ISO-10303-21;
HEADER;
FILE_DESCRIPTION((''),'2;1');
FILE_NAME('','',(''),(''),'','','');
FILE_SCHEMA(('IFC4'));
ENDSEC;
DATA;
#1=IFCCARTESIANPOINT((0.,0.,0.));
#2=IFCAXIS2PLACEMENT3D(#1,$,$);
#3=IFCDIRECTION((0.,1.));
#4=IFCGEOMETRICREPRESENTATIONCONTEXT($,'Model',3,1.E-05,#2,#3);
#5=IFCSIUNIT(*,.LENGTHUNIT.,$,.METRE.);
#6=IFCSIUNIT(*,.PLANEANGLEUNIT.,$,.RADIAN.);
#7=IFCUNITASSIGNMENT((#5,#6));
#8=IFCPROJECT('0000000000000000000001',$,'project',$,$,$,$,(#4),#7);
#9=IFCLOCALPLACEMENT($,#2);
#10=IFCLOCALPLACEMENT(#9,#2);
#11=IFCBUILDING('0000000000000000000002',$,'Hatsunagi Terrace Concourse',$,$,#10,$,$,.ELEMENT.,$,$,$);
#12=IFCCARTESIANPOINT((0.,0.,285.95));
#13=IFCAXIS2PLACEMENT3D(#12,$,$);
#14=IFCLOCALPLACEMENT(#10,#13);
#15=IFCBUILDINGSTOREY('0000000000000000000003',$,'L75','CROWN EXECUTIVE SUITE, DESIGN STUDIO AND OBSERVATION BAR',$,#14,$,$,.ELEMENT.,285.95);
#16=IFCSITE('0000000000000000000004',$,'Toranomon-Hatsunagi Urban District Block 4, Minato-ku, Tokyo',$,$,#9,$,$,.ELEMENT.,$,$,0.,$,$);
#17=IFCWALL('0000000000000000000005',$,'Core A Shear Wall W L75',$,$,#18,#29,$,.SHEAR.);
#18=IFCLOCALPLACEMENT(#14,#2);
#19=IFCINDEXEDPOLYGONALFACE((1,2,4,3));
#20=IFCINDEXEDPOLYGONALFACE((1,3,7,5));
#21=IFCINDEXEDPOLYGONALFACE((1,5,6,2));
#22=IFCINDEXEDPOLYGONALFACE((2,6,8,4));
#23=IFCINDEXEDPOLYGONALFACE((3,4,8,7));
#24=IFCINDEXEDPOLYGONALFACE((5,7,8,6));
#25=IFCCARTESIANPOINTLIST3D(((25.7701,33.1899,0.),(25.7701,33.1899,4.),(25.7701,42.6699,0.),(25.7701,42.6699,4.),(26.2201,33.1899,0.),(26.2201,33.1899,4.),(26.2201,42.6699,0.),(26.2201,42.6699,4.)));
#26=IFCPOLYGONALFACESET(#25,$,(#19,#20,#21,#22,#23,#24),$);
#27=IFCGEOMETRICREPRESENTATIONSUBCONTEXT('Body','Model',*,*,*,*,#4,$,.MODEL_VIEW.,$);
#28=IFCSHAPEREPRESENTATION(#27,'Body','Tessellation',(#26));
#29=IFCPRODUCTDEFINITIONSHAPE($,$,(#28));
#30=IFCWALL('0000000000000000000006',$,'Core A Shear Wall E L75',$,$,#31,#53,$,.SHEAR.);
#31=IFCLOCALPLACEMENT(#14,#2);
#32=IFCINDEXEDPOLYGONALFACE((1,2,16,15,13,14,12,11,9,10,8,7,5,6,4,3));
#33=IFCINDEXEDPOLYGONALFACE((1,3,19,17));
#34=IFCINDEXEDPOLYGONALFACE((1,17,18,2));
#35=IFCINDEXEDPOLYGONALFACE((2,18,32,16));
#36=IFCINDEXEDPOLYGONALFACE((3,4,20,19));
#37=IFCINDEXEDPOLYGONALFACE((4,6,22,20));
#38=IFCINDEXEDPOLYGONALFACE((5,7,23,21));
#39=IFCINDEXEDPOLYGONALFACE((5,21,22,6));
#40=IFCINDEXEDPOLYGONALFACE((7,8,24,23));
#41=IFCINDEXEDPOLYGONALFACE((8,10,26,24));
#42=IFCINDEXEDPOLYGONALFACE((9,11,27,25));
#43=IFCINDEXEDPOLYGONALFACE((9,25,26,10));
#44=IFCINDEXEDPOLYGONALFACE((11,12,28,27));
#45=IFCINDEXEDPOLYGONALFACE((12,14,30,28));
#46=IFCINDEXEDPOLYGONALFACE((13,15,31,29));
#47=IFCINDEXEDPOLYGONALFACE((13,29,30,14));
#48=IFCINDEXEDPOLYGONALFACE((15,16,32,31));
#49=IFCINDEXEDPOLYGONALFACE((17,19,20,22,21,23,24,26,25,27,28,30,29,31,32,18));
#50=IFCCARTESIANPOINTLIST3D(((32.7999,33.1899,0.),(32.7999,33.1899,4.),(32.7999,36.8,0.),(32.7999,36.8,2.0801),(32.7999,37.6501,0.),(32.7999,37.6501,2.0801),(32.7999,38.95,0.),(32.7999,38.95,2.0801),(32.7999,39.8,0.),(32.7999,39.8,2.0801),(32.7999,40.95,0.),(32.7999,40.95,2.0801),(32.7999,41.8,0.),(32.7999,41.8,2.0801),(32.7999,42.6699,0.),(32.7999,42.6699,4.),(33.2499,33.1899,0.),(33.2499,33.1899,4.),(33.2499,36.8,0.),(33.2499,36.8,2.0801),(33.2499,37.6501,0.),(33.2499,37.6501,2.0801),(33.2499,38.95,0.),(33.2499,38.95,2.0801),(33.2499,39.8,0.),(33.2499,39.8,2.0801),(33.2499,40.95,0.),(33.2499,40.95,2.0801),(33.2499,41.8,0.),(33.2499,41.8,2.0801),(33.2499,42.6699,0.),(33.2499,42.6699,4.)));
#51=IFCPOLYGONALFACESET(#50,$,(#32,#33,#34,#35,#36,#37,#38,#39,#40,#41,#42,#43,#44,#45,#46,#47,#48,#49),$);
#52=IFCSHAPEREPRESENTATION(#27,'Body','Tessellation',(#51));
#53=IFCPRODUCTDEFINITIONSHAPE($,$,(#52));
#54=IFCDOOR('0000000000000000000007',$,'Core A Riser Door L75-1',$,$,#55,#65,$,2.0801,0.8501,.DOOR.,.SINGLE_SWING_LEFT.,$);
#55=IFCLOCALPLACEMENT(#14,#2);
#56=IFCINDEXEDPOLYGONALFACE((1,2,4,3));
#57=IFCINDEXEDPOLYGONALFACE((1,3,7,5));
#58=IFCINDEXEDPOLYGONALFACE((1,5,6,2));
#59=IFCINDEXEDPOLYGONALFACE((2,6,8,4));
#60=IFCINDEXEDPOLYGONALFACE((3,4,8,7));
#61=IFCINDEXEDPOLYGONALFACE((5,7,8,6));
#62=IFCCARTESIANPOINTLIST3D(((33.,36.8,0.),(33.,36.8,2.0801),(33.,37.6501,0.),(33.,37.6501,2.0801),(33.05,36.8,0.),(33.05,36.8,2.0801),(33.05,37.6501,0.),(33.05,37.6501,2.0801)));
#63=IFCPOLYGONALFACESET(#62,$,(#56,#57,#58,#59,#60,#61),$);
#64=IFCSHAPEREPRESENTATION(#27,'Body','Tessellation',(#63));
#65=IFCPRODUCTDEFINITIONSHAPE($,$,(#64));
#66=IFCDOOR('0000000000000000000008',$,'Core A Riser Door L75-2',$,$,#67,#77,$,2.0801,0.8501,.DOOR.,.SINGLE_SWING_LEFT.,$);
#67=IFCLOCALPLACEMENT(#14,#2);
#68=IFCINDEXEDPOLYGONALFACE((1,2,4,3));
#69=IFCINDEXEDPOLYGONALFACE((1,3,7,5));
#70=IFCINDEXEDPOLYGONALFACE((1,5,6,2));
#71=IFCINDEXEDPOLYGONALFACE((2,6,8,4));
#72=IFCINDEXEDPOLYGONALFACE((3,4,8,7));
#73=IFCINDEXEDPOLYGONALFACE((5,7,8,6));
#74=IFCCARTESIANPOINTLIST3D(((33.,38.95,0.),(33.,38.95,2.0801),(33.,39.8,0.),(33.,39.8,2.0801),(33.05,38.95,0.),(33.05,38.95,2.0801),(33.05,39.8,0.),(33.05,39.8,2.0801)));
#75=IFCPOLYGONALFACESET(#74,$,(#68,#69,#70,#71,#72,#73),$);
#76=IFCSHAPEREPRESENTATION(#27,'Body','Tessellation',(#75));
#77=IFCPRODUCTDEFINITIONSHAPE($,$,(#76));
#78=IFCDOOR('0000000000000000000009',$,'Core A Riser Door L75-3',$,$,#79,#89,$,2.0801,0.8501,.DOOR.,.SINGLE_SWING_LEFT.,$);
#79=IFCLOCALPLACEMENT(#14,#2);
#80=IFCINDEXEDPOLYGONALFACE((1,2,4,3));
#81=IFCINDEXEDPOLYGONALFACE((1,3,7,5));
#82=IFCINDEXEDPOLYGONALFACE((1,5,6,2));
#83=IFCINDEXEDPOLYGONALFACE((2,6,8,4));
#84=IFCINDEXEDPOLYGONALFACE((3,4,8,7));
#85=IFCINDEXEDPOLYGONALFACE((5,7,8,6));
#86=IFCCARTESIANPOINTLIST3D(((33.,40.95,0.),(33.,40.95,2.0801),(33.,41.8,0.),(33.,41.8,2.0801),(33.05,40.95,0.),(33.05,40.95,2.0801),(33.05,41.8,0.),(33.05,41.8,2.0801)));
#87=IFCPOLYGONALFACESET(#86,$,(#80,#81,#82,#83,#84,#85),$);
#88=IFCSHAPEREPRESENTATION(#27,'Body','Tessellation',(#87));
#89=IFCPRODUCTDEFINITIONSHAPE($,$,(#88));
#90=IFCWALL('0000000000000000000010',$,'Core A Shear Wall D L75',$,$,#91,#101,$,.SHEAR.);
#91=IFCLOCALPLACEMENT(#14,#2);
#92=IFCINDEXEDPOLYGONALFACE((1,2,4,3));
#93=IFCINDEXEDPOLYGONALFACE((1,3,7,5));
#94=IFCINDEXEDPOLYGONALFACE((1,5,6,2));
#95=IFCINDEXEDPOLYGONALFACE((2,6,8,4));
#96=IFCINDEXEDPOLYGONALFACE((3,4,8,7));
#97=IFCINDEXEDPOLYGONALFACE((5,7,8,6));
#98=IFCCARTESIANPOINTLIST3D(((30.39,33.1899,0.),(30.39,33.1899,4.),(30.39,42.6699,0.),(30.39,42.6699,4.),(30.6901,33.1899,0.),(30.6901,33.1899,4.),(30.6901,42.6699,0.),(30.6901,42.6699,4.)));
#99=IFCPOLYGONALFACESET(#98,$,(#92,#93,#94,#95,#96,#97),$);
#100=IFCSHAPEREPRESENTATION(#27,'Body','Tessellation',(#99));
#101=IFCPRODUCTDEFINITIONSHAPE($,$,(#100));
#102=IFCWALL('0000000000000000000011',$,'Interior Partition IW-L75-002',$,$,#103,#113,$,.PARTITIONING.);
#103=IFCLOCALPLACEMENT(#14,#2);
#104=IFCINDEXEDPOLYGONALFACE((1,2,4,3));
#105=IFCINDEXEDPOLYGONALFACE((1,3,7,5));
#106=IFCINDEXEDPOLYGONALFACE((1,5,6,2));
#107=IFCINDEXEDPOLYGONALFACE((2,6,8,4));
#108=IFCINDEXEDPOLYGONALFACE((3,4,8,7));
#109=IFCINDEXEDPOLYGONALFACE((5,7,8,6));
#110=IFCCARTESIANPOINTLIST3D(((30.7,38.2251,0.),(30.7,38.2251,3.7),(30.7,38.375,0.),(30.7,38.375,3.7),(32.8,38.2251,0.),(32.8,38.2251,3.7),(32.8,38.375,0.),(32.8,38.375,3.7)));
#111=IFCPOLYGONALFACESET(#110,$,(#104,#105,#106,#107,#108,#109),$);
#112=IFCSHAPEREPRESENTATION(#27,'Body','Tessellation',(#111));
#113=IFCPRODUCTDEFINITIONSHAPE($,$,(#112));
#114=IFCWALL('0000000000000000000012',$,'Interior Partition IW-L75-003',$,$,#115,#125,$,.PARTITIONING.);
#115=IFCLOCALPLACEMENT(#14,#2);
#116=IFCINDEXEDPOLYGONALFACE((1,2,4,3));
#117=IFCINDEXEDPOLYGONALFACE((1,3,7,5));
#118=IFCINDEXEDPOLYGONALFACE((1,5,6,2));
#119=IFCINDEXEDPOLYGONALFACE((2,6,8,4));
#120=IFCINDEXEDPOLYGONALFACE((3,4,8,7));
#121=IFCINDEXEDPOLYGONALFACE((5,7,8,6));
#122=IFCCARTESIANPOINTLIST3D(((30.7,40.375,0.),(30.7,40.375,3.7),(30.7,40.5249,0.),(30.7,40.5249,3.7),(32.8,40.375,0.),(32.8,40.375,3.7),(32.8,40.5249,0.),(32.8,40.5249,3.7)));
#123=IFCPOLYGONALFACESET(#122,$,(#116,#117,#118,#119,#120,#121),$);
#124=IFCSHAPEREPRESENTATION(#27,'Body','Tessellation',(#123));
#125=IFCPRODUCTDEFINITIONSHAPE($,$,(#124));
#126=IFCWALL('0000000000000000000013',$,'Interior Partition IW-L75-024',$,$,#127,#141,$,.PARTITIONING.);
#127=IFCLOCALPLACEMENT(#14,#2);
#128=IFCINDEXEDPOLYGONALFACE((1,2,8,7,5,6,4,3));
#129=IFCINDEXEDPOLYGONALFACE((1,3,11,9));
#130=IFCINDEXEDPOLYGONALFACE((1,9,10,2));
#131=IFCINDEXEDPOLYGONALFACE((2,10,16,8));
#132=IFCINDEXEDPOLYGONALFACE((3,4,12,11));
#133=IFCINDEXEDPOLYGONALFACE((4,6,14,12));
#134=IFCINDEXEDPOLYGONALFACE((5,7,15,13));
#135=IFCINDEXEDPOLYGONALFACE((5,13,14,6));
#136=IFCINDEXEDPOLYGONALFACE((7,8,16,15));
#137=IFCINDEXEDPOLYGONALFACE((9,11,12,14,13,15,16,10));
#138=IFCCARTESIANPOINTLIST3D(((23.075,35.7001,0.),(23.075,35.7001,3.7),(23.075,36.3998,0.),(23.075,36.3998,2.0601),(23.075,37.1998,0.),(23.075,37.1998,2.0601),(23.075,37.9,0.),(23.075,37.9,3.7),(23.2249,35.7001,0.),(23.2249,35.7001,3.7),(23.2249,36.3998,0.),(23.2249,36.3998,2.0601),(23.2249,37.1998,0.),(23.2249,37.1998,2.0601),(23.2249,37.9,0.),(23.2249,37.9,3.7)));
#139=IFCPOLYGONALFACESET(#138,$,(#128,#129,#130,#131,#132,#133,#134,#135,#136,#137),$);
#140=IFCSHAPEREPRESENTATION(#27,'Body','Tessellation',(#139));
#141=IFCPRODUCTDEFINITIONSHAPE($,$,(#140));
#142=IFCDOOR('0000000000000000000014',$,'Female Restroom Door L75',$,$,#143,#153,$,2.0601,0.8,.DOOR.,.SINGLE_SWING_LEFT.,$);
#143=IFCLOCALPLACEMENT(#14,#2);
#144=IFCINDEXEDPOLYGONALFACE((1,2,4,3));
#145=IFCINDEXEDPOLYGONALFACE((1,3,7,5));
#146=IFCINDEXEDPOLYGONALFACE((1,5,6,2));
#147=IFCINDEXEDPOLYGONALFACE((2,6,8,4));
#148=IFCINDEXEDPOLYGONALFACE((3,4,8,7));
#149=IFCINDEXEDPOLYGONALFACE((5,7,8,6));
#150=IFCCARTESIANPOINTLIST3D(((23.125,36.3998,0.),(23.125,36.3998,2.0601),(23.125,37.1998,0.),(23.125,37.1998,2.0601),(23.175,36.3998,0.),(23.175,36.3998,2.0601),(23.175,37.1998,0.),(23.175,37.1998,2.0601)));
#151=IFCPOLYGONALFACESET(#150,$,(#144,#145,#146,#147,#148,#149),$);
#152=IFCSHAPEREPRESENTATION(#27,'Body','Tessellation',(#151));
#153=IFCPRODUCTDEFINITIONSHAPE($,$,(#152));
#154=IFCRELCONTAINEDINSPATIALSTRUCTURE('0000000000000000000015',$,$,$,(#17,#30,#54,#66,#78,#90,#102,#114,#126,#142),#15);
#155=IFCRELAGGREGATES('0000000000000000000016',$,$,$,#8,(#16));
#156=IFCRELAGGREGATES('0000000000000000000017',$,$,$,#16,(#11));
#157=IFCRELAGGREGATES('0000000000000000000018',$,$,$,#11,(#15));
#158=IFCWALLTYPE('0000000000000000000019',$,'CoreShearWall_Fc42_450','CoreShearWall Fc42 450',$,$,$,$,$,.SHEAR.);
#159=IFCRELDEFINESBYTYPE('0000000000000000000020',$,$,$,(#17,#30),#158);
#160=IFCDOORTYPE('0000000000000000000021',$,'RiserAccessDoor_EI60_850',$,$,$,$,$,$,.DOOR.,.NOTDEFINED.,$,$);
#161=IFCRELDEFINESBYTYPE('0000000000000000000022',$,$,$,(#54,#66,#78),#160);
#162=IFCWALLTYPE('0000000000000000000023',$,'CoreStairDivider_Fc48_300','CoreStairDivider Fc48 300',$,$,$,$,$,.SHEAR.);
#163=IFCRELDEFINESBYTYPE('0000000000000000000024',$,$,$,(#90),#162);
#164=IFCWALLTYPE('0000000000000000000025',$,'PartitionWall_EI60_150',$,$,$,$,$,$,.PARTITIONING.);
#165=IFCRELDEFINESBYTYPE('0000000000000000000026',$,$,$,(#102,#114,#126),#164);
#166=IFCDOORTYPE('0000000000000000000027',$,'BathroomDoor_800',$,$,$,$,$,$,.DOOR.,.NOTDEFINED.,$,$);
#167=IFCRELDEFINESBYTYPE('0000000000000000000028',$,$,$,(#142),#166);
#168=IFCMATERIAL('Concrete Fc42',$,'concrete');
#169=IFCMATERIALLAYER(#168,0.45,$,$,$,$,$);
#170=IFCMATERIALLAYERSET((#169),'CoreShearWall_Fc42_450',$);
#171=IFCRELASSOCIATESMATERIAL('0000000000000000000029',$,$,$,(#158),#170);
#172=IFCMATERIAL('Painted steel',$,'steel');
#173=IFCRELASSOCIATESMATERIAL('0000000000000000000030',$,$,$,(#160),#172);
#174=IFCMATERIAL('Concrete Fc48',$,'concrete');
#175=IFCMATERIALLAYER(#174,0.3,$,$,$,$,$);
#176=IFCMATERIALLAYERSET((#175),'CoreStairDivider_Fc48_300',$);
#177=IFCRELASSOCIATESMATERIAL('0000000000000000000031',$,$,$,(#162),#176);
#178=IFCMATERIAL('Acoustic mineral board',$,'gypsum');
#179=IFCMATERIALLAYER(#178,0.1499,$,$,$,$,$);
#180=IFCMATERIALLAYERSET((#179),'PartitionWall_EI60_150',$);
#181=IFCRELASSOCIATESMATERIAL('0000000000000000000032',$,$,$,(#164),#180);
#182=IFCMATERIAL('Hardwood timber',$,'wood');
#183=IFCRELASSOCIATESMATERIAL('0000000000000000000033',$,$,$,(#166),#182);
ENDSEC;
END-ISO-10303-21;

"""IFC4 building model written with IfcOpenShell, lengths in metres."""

from ifc_helpers import new_model, si_unit, direction, frame, frame_2d, origin, place, context, subcontext, project, spatial, rectangle, extrude, material, layer, layer_set, type_object, element, fill, save


model = new_model("IFC4")

# Units and contexts
model_context = context("Model", 3, precision=1e-05, world=origin(), true_north=direction((0.0, 1.0)))
body_context = subcontext(model_context, "Body", "Model", "MODEL_VIEW")
ifc_project = project(units=[si_unit("LENGTHUNIT", "METRE"), si_unit("PLANEANGLEUNIT", "RADIAN")], contexts=[model_context])

# Site, building, storey
site_placement = place(None, origin())
site = spatial("IfcSite", under=ifc_project, at=site_placement, Name="Toranomon-Hatsunagi Urban District Block 4, Minato-ku, Tokyo", CompositionType="ELEMENT", RefElevation=0.0)
building_placement = place(site_placement, origin())
building = spatial("IfcBuilding", under=site, at=building_placement, Name="Hatsunagi Terrace Concourse", CompositionType="ELEMENT")
storey_placement = place(building_placement, frame((0.0, 0.0, 285.95)))
storey = spatial("IfcBuildingStorey", under=building, at=storey_placement, Name="L75", Description="CROWN EXECUTIVE SUITE, DESIGN STUDIO AND OBSERVATION BAR", CompositionType="ELEMENT", Elevation=285.95)

# Wall
ifc_material_1 = material(Name="Concrete Fc42", Category="concrete")
ifc_layer_1 = layer(ifc_material_1, 0.45)
ifc_layer_set_1 = layer_set([ifc_layer_1], Name="CoreShearWall_Fc42_450")
wall_type_1 = type_object("IfcWallType", Name="CoreShearWall_Fc42_450", Description="CoreShearWall Fc42 450", PredefinedType="SHEAR", material=ifc_layer_set_1)
wall_1_placement = place(storey_placement, frame((25.9951, 33.1899, 0.0), z_axis=(0.0, 0.0, 1.0), x_axis=(0.0, 1.0, 0.0)))
element("IfcWall", 1, at=wall_1_placement, inside=storey, type_object=wall_type_1, Name="Core A Shear Wall W L75", PredefinedType="SHEAR", context=body_context, shape_type="SweptSolid", body=[
    extrude(rectangle(XDim=9.48, YDim=0.45, at=frame_2d((4.74, 0.0))), origin(), (0.0, 0.0, 1.0), 4.0),
])

# Wall, openings, doors
wall_2_placement = place(storey_placement, frame((33.0249, 33.1899, 0.0), z_axis=(0.0, 0.0, 1.0), x_axis=(0.0, 1.0, 0.0)))
wall_2 = element("IfcWall", 2, at=wall_2_placement, inside=storey, type_object=wall_type_1, Name="Core A Shear Wall E L75", PredefinedType="SHEAR", context=body_context, shape_type="SweptSolid", body=[
    extrude(rectangle(XDim=9.48, YDim=0.45, at=frame_2d((4.74, 0.0))), origin(), (0.0, 0.0, 1.0), 4.0),
])
opening_1_placement = place(wall_2_placement, frame((3.6101, 0.0, 0.0)))
opening_1 = element("IfcOpeningElement", 3, at=opening_1_placement, cuts=wall_2, PredefinedType="OPENING", context=body_context, shape_type="SweptSolid", body=[
    extrude(rectangle(XDim=0.8501, YDim=2.0801, at=frame_2d((0.425, 1.04))), frame((0.0, 0.2349, 0.0), z_axis=(0.0, -1.0, 0.0), x_axis=(1.0, 0.0, 0.0)), (0.0, 0.0, 1.0), 0.47),
])
opening_2_placement = place(wall_2_placement, frame((5.76, 0.0, 0.0)))
opening_2 = element("IfcOpeningElement", 4, at=opening_2_placement, cuts=wall_2, PredefinedType="OPENING", context=body_context, shape_type="SweptSolid", body=[
    extrude(rectangle(XDim=0.8501, YDim=2.0801, at=frame_2d((0.425, 1.04))), frame((0.0, 0.2349, 0.0), z_axis=(0.0, -1.0, 0.0), x_axis=(1.0, 0.0, 0.0)), (0.0, 0.0, 1.0), 0.47),
])
opening_3_placement = place(wall_2_placement, frame((7.76, 0.0, 0.0)))
opening_3 = element("IfcOpeningElement", 5, at=opening_3_placement, cuts=wall_2, PredefinedType="OPENING", context=body_context, shape_type="SweptSolid", body=[
    extrude(rectangle(XDim=0.8501, YDim=2.0801, at=frame_2d((0.425, 1.04))), frame((0.0, 0.2349, 0.0), z_axis=(0.0, -1.0, 0.0), x_axis=(1.0, 0.0, 0.0)), (0.0, 0.0, 1.0), 0.47),
])
ifc_material_2 = material(Name="Painted steel", Category="steel")
door_type_1 = type_object("IfcDoorType", Name="RiserAccessDoor_EI60_850", OperationType="NOTDEFINED", PredefinedType="DOOR", material=ifc_material_2)
door_1_placement = place(opening_1_placement, origin())
door_1 = element("IfcDoor", 6, at=door_1_placement, inside=storey, type_object=door_type_1, Name="Core A Riser Door L75-1", OperationType="SINGLE_SWING_LEFT", OverallHeight=2.0801, OverallWidth=0.8501, PredefinedType="DOOR", context=body_context, shape_type="SweptSolid", body=[
    extrude(rectangle(XDim=0.8501, YDim=2.0801, at=frame_2d((0.425, 1.04))), frame((0.0, 0.0249, 0.0), z_axis=(0.0, -1.0, 0.0), x_axis=(1.0, 0.0, 0.0)), (0.0, 0.0, 1.0), 0.05),
])
fill(opening_1, door_1)
door_2_placement = place(opening_2_placement, origin())
door_2 = element("IfcDoor", 7, at=door_2_placement, inside=storey, type_object=door_type_1, Name="Core A Riser Door L75-2", OperationType="SINGLE_SWING_LEFT", OverallHeight=2.0801, OverallWidth=0.8501, PredefinedType="DOOR", context=body_context, shape_type="SweptSolid", body=[
    extrude(rectangle(XDim=0.8501, YDim=2.0801, at=frame_2d((0.425, 1.04))), frame((0.0, 0.0249, 0.0), z_axis=(0.0, -1.0, 0.0), x_axis=(1.0, 0.0, 0.0)), (0.0, 0.0, 1.0), 0.05),
])
fill(opening_2, door_2)
door_3_placement = place(opening_3_placement, origin())
door_3 = element("IfcDoor", 8, at=door_3_placement, inside=storey, type_object=door_type_1, Name="Core A Riser Door L75-3", OperationType="SINGLE_SWING_LEFT", OverallHeight=2.0801, OverallWidth=0.8501, PredefinedType="DOOR", context=body_context, shape_type="SweptSolid", body=[
    extrude(rectangle(XDim=0.8501, YDim=2.0801, at=frame_2d((0.425, 1.04))), frame((0.0, 0.0249, 0.0), z_axis=(0.0, -1.0, 0.0), x_axis=(1.0, 0.0, 0.0)), (0.0, 0.0, 1.0), 0.05),
])
fill(opening_3, door_3)

# Walls
ifc_material_3 = material(Name="Concrete Fc48", Category="concrete")
ifc_layer_2 = layer(ifc_material_3, 0.3)
ifc_layer_set_2 = layer_set([ifc_layer_2], Name="CoreStairDivider_Fc48_300")
wall_type_2 = type_object("IfcWallType", Name="CoreStairDivider_Fc48_300", Description="CoreStairDivider Fc48 300", PredefinedType="SHEAR", material=ifc_layer_set_2)
wall_3_placement = place(storey_placement, frame((30.54, 33.1899, 0.0), z_axis=(0.0, 0.0, 1.0), x_axis=(0.0, 1.0, 0.0)))
element("IfcWall", 9, at=wall_3_placement, inside=storey, type_object=wall_type_2, Name="Core A Shear Wall D L75", PredefinedType="SHEAR", context=body_context, shape_type="SweptSolid", body=[
    extrude(rectangle(XDim=9.48, YDim=0.3, at=frame_2d((4.74, 0.0))), origin(), (0.0, 0.0, 1.0), 4.0),
])
ifc_material_4 = material(Name="Acoustic mineral board", Category="gypsum")
ifc_layer_3 = layer(ifc_material_4, 0.1499)
ifc_layer_set_3 = layer_set([ifc_layer_3], Name="PartitionWall_EI60_150")
wall_type_3 = type_object("IfcWallType", Name="PartitionWall_EI60_150", PredefinedType="PARTITIONING", material=ifc_layer_set_3)
for number, where, z_axis, x_axis, name in (
    (10, (30.7, 38.3, 0.0), (0.0, 0.0, 1.0), (1.0, 0.0, 0.0), "Interior Partition IW-L75-002"),
    (11, (30.7, 40.45, 0.0), (0.0, 0.0, 1.0), (1.0, 0.0, 0.0), "Interior Partition IW-L75-003"),
):
    element("IfcWall", number, at=place(storey_placement, frame(where, z_axis=z_axis, x_axis=x_axis)), inside=storey, type_object=wall_type_3, Name=name, PredefinedType="PARTITIONING", context=body_context, shape_type="SweptSolid", body=[
        extrude(rectangle(XDim=2.1001, YDim=0.1499, at=frame_2d((1.05, 0.0))), origin(), (0.0, 0.0, 1.0), 3.7),
    ])

# Wall, opening, door
wall_4_placement = place(storey_placement, frame((23.1499, 35.7, 0.0), z_axis=(0.0, 0.0, 1.0), x_axis=(0.0, 1.0, 0.0)))
wall_4 = element("IfcWall", 12, at=wall_4_placement, inside=storey, type_object=wall_type_3, Name="Interior Partition IW-L75-024", PredefinedType="PARTITIONING", context=body_context, shape_type="SweptSolid", body=[
    extrude(rectangle(XDim=2.2, YDim=0.1499, at=frame_2d((1.1001, 0.0))), origin(), (0.0, 0.0, 1.0), 3.7),
])
opening_4_placement = place(wall_4_placement, frame((0.7, 0.0, 0.0)))
opening_4 = element("IfcOpeningElement", 13, at=opening_4_placement, cuts=wall_4, PredefinedType="OPENING", context=body_context, shape_type="SweptSolid", body=[
    extrude(rectangle(XDim=0.8, YDim=2.0601, at=frame_2d((0.3999, 1.03))), frame((0.0, 0.085, 0.0), z_axis=(0.0, -1.0, 0.0), x_axis=(1.0, 0.0, 0.0)), (0.0, 0.0, 1.0), 0.1699),
])
ifc_material_5 = material(Name="Hardwood timber", Category="wood")
door_type_2 = type_object("IfcDoorType", Name="BathroomDoor_800", OperationType="NOTDEFINED", PredefinedType="DOOR", material=ifc_material_5)
door_4_placement = place(opening_4_placement, origin())
door_4 = element("IfcDoor", 14, at=door_4_placement, inside=storey, type_object=door_type_2, Name="Female Restroom Door L75", OperationType="SINGLE_SWING_LEFT", OverallHeight=2.0601, OverallWidth=0.8, PredefinedType="DOOR", context=body_context, shape_type="SweptSolid", body=[
    extrude(rectangle(XDim=0.8, YDim=2.0601, at=frame_2d((0.3999, 1.03))), frame((0.0, 0.0249, 0.0), z_axis=(0.0, -1.0, 0.0), x_axis=(1.0, 0.0, 0.0)), (0.0, 0.0, 1.0), 0.05),
])
fill(opening_4, door_4)

save(model, "model.ifc")
